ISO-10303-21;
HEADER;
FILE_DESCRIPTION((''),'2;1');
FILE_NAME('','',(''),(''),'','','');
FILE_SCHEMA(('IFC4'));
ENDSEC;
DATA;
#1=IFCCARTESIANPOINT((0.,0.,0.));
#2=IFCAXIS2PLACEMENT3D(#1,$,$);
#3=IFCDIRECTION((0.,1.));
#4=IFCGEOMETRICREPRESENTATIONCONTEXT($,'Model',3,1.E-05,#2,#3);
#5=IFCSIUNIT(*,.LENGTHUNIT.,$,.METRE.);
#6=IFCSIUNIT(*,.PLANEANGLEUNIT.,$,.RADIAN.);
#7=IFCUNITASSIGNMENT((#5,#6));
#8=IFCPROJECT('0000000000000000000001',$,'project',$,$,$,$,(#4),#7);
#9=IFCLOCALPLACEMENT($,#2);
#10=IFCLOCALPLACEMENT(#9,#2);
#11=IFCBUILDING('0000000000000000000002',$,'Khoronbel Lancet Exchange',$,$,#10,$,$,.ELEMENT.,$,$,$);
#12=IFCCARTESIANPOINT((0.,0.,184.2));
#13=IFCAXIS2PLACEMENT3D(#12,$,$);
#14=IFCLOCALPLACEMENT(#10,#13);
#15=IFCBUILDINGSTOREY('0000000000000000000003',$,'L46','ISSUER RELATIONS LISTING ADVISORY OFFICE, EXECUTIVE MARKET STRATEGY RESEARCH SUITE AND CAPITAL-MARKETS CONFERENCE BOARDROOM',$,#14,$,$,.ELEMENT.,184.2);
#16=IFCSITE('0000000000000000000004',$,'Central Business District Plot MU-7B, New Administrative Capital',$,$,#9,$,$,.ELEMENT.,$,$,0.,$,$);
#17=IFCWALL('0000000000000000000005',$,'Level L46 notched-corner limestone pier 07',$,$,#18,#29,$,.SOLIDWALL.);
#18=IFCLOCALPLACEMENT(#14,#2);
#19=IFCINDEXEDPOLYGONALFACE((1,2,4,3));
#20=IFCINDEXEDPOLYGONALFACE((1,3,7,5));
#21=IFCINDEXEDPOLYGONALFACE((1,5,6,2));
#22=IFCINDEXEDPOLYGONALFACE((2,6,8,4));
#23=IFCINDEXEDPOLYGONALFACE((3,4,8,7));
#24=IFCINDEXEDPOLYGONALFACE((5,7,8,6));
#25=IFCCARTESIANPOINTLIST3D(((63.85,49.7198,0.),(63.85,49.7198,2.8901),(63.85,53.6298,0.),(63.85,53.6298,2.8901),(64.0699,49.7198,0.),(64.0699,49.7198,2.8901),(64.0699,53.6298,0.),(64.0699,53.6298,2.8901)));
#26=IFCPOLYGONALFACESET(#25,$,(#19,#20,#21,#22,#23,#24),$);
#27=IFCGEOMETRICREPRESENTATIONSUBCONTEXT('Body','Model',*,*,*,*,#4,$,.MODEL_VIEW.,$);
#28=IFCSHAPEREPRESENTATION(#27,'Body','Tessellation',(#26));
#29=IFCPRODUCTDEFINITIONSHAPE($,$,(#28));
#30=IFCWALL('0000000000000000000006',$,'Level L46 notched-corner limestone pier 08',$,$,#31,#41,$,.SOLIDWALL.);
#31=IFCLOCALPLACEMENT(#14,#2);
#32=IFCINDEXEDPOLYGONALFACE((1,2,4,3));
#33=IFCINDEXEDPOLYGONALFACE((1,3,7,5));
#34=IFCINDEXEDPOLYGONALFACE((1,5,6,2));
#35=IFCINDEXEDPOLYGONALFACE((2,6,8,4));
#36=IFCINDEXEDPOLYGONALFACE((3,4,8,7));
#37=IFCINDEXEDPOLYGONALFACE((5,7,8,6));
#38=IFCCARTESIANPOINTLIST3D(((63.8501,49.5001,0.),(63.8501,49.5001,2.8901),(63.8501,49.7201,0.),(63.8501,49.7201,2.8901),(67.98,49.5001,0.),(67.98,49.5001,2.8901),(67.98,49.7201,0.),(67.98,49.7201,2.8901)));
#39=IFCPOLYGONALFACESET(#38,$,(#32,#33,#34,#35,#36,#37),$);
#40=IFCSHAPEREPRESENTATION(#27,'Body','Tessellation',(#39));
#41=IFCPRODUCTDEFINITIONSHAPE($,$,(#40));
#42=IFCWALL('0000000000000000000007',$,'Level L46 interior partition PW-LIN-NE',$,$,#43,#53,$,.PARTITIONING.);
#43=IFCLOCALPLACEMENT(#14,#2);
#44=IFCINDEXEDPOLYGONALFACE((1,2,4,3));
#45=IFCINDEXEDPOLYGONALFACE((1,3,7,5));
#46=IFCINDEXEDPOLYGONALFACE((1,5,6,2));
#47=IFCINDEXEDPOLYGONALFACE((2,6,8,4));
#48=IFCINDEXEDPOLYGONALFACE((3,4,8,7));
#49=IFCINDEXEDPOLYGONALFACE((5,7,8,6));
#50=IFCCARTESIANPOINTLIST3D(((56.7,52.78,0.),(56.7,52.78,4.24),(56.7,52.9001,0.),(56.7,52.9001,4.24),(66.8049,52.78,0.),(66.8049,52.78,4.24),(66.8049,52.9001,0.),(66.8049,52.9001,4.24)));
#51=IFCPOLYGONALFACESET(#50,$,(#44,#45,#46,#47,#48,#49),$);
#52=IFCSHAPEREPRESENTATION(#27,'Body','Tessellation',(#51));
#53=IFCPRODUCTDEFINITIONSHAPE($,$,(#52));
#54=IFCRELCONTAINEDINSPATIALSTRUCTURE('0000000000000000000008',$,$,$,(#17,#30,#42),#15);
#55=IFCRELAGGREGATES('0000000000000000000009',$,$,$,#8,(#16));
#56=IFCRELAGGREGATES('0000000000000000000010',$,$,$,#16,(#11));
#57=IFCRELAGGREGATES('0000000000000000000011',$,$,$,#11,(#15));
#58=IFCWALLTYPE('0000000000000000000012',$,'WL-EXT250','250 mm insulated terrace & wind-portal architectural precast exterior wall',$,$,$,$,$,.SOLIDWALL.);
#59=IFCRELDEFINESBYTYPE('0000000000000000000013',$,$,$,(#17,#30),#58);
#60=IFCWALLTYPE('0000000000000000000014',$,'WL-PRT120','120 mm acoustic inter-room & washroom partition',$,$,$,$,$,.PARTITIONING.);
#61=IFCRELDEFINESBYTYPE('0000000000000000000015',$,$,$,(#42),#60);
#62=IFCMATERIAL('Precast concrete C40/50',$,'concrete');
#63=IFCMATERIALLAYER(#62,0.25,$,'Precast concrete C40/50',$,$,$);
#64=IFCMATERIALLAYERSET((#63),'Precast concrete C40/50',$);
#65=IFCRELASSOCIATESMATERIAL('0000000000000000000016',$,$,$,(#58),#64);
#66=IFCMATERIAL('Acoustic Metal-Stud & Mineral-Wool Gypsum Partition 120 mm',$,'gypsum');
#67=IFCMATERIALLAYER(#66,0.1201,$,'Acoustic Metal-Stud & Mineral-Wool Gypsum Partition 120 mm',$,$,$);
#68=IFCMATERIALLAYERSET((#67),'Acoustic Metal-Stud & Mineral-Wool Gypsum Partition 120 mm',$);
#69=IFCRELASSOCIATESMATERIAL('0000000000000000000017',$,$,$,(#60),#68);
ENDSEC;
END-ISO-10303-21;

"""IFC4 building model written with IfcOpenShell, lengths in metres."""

from ifc_helpers import new_model, si_unit, direction, frame, frame_2d, origin, place, context, subcontext, project, spatial, rectangle, extrude, material, layer, layer_set, type_object, element, save


model = new_model("IFC4")

# Units and contexts
model_context = context("Model", 3, precision=1e-05, world=origin(), true_north=direction((0.0, 1.0)))
body_context = subcontext(model_context, "Body", "Model", "MODEL_VIEW")
ifc_project = project(units=[si_unit("LENGTHUNIT", "METRE"), si_unit("PLANEANGLEUNIT", "RADIAN")], contexts=[model_context])

# Site, building, storey
site_placement = place(None, origin())
site = spatial("IfcSite", under=ifc_project, at=site_placement, Name="Central Business District Plot MU-7B, New Administrative Capital", CompositionType="ELEMENT", RefElevation=0.0)
building_placement = place(site_placement, origin())
building = spatial("IfcBuilding", under=site, at=building_placement, Name="Khoronbel Lancet Exchange", CompositionType="ELEMENT")
storey_placement = place(building_placement, frame((0.0, 0.0, 184.2)))
storey = spatial("IfcBuildingStorey", under=building, at=storey_placement, Name="L46", Description="ISSUER RELATIONS LISTING ADVISORY OFFICE, EXECUTIVE MARKET STRATEGY RESEARCH SUITE AND CAPITAL-MARKETS CONFERENCE BOARDROOM", CompositionType="ELEMENT", Elevation=184.2)

# Walls
ifc_material_1 = material(Name="Precast concrete C40/50", Category="concrete")
ifc_layer_1 = layer(ifc_material_1, 0.25, Name="Precast concrete C40/50")
ifc_layer_set_1 = layer_set([ifc_layer_1], Name="Precast concrete C40/50")
wall_type_1 = type_object("IfcWallType", Name="WL-EXT250", Description="250 mm insulated terrace & wind-portal architectural precast exterior wall", PredefinedType="SOLIDWALL", material=ifc_layer_set_1)
wall_1_placement = place(storey_placement, frame((63.96, 53.6299, 0.0), z_axis=(0.0, 0.0, 1.0), x_axis=(0.0, -1.0, 0.0)))
element("IfcWall", 1, at=wall_1_placement, inside=storey, type_object=wall_type_1, Name="Level L46 notched-corner limestone pier 07", PredefinedType="SOLIDWALL", context=body_context, shape_type="SweptSolid", body=[
    extrude(rectangle(XDim=3.9099, YDim=0.22, at=frame_2d((1.9551, 0.0))), origin(), (0.0, 0.0, 1.0), 2.8901),
])
wall_2_placement = place(storey_placement, frame((63.8501, 49.6101, 0.0), z_axis=(0.0, 0.0, 1.0), x_axis=(1.0, 0.0, 0.0)))
element("IfcWall", 2, at=wall_2_placement, inside=storey, type_object=wall_type_1, Name="Level L46 notched-corner limestone pier 08", PredefinedType="SOLIDWALL", context=body_context, shape_type="SweptSolid", body=[
    extrude(rectangle(XDim=4.1299, YDim=0.22, at=frame_2d((2.0649, 0.0))), origin(), (0.0, 0.0, 1.0), 2.8901),
])
ifc_material_2 = material(Name="Acoustic Metal-Stud & Mineral-Wool Gypsum Partition 120 mm", Category="gypsum")
ifc_layer_2 = layer(ifc_material_2, 0.1201, Name="Acoustic Metal-Stud & Mineral-Wool Gypsum Partition 120 mm")
ifc_layer_set_2 = layer_set([ifc_layer_2], Name="Acoustic Metal-Stud & Mineral-Wool Gypsum Partition 120 mm")
wall_type_2 = type_object("IfcWallType", Name="WL-PRT120", Description="120 mm acoustic inter-room & washroom partition", PredefinedType="PARTITIONING", material=ifc_layer_set_2)
wall_3_placement = place(storey_placement, frame((56.7, 52.8401, 0.0), z_axis=(0.0, 0.0, 1.0), x_axis=(1.0, 0.0, 0.0)))
element("IfcWall", 3, at=wall_3_placement, inside=storey, type_object=wall_type_2, Name="Level L46 interior partition PW-LIN-NE", PredefinedType="PARTITIONING", context=body_context, shape_type="SweptSolid", body=[
    extrude(rectangle(XDim=10.105, YDim=0.1201, at=frame_2d((5.0525, 0.0))), origin(), (0.0, 0.0, 1.0), 4.24),
])

save(model, "model.ifc")
